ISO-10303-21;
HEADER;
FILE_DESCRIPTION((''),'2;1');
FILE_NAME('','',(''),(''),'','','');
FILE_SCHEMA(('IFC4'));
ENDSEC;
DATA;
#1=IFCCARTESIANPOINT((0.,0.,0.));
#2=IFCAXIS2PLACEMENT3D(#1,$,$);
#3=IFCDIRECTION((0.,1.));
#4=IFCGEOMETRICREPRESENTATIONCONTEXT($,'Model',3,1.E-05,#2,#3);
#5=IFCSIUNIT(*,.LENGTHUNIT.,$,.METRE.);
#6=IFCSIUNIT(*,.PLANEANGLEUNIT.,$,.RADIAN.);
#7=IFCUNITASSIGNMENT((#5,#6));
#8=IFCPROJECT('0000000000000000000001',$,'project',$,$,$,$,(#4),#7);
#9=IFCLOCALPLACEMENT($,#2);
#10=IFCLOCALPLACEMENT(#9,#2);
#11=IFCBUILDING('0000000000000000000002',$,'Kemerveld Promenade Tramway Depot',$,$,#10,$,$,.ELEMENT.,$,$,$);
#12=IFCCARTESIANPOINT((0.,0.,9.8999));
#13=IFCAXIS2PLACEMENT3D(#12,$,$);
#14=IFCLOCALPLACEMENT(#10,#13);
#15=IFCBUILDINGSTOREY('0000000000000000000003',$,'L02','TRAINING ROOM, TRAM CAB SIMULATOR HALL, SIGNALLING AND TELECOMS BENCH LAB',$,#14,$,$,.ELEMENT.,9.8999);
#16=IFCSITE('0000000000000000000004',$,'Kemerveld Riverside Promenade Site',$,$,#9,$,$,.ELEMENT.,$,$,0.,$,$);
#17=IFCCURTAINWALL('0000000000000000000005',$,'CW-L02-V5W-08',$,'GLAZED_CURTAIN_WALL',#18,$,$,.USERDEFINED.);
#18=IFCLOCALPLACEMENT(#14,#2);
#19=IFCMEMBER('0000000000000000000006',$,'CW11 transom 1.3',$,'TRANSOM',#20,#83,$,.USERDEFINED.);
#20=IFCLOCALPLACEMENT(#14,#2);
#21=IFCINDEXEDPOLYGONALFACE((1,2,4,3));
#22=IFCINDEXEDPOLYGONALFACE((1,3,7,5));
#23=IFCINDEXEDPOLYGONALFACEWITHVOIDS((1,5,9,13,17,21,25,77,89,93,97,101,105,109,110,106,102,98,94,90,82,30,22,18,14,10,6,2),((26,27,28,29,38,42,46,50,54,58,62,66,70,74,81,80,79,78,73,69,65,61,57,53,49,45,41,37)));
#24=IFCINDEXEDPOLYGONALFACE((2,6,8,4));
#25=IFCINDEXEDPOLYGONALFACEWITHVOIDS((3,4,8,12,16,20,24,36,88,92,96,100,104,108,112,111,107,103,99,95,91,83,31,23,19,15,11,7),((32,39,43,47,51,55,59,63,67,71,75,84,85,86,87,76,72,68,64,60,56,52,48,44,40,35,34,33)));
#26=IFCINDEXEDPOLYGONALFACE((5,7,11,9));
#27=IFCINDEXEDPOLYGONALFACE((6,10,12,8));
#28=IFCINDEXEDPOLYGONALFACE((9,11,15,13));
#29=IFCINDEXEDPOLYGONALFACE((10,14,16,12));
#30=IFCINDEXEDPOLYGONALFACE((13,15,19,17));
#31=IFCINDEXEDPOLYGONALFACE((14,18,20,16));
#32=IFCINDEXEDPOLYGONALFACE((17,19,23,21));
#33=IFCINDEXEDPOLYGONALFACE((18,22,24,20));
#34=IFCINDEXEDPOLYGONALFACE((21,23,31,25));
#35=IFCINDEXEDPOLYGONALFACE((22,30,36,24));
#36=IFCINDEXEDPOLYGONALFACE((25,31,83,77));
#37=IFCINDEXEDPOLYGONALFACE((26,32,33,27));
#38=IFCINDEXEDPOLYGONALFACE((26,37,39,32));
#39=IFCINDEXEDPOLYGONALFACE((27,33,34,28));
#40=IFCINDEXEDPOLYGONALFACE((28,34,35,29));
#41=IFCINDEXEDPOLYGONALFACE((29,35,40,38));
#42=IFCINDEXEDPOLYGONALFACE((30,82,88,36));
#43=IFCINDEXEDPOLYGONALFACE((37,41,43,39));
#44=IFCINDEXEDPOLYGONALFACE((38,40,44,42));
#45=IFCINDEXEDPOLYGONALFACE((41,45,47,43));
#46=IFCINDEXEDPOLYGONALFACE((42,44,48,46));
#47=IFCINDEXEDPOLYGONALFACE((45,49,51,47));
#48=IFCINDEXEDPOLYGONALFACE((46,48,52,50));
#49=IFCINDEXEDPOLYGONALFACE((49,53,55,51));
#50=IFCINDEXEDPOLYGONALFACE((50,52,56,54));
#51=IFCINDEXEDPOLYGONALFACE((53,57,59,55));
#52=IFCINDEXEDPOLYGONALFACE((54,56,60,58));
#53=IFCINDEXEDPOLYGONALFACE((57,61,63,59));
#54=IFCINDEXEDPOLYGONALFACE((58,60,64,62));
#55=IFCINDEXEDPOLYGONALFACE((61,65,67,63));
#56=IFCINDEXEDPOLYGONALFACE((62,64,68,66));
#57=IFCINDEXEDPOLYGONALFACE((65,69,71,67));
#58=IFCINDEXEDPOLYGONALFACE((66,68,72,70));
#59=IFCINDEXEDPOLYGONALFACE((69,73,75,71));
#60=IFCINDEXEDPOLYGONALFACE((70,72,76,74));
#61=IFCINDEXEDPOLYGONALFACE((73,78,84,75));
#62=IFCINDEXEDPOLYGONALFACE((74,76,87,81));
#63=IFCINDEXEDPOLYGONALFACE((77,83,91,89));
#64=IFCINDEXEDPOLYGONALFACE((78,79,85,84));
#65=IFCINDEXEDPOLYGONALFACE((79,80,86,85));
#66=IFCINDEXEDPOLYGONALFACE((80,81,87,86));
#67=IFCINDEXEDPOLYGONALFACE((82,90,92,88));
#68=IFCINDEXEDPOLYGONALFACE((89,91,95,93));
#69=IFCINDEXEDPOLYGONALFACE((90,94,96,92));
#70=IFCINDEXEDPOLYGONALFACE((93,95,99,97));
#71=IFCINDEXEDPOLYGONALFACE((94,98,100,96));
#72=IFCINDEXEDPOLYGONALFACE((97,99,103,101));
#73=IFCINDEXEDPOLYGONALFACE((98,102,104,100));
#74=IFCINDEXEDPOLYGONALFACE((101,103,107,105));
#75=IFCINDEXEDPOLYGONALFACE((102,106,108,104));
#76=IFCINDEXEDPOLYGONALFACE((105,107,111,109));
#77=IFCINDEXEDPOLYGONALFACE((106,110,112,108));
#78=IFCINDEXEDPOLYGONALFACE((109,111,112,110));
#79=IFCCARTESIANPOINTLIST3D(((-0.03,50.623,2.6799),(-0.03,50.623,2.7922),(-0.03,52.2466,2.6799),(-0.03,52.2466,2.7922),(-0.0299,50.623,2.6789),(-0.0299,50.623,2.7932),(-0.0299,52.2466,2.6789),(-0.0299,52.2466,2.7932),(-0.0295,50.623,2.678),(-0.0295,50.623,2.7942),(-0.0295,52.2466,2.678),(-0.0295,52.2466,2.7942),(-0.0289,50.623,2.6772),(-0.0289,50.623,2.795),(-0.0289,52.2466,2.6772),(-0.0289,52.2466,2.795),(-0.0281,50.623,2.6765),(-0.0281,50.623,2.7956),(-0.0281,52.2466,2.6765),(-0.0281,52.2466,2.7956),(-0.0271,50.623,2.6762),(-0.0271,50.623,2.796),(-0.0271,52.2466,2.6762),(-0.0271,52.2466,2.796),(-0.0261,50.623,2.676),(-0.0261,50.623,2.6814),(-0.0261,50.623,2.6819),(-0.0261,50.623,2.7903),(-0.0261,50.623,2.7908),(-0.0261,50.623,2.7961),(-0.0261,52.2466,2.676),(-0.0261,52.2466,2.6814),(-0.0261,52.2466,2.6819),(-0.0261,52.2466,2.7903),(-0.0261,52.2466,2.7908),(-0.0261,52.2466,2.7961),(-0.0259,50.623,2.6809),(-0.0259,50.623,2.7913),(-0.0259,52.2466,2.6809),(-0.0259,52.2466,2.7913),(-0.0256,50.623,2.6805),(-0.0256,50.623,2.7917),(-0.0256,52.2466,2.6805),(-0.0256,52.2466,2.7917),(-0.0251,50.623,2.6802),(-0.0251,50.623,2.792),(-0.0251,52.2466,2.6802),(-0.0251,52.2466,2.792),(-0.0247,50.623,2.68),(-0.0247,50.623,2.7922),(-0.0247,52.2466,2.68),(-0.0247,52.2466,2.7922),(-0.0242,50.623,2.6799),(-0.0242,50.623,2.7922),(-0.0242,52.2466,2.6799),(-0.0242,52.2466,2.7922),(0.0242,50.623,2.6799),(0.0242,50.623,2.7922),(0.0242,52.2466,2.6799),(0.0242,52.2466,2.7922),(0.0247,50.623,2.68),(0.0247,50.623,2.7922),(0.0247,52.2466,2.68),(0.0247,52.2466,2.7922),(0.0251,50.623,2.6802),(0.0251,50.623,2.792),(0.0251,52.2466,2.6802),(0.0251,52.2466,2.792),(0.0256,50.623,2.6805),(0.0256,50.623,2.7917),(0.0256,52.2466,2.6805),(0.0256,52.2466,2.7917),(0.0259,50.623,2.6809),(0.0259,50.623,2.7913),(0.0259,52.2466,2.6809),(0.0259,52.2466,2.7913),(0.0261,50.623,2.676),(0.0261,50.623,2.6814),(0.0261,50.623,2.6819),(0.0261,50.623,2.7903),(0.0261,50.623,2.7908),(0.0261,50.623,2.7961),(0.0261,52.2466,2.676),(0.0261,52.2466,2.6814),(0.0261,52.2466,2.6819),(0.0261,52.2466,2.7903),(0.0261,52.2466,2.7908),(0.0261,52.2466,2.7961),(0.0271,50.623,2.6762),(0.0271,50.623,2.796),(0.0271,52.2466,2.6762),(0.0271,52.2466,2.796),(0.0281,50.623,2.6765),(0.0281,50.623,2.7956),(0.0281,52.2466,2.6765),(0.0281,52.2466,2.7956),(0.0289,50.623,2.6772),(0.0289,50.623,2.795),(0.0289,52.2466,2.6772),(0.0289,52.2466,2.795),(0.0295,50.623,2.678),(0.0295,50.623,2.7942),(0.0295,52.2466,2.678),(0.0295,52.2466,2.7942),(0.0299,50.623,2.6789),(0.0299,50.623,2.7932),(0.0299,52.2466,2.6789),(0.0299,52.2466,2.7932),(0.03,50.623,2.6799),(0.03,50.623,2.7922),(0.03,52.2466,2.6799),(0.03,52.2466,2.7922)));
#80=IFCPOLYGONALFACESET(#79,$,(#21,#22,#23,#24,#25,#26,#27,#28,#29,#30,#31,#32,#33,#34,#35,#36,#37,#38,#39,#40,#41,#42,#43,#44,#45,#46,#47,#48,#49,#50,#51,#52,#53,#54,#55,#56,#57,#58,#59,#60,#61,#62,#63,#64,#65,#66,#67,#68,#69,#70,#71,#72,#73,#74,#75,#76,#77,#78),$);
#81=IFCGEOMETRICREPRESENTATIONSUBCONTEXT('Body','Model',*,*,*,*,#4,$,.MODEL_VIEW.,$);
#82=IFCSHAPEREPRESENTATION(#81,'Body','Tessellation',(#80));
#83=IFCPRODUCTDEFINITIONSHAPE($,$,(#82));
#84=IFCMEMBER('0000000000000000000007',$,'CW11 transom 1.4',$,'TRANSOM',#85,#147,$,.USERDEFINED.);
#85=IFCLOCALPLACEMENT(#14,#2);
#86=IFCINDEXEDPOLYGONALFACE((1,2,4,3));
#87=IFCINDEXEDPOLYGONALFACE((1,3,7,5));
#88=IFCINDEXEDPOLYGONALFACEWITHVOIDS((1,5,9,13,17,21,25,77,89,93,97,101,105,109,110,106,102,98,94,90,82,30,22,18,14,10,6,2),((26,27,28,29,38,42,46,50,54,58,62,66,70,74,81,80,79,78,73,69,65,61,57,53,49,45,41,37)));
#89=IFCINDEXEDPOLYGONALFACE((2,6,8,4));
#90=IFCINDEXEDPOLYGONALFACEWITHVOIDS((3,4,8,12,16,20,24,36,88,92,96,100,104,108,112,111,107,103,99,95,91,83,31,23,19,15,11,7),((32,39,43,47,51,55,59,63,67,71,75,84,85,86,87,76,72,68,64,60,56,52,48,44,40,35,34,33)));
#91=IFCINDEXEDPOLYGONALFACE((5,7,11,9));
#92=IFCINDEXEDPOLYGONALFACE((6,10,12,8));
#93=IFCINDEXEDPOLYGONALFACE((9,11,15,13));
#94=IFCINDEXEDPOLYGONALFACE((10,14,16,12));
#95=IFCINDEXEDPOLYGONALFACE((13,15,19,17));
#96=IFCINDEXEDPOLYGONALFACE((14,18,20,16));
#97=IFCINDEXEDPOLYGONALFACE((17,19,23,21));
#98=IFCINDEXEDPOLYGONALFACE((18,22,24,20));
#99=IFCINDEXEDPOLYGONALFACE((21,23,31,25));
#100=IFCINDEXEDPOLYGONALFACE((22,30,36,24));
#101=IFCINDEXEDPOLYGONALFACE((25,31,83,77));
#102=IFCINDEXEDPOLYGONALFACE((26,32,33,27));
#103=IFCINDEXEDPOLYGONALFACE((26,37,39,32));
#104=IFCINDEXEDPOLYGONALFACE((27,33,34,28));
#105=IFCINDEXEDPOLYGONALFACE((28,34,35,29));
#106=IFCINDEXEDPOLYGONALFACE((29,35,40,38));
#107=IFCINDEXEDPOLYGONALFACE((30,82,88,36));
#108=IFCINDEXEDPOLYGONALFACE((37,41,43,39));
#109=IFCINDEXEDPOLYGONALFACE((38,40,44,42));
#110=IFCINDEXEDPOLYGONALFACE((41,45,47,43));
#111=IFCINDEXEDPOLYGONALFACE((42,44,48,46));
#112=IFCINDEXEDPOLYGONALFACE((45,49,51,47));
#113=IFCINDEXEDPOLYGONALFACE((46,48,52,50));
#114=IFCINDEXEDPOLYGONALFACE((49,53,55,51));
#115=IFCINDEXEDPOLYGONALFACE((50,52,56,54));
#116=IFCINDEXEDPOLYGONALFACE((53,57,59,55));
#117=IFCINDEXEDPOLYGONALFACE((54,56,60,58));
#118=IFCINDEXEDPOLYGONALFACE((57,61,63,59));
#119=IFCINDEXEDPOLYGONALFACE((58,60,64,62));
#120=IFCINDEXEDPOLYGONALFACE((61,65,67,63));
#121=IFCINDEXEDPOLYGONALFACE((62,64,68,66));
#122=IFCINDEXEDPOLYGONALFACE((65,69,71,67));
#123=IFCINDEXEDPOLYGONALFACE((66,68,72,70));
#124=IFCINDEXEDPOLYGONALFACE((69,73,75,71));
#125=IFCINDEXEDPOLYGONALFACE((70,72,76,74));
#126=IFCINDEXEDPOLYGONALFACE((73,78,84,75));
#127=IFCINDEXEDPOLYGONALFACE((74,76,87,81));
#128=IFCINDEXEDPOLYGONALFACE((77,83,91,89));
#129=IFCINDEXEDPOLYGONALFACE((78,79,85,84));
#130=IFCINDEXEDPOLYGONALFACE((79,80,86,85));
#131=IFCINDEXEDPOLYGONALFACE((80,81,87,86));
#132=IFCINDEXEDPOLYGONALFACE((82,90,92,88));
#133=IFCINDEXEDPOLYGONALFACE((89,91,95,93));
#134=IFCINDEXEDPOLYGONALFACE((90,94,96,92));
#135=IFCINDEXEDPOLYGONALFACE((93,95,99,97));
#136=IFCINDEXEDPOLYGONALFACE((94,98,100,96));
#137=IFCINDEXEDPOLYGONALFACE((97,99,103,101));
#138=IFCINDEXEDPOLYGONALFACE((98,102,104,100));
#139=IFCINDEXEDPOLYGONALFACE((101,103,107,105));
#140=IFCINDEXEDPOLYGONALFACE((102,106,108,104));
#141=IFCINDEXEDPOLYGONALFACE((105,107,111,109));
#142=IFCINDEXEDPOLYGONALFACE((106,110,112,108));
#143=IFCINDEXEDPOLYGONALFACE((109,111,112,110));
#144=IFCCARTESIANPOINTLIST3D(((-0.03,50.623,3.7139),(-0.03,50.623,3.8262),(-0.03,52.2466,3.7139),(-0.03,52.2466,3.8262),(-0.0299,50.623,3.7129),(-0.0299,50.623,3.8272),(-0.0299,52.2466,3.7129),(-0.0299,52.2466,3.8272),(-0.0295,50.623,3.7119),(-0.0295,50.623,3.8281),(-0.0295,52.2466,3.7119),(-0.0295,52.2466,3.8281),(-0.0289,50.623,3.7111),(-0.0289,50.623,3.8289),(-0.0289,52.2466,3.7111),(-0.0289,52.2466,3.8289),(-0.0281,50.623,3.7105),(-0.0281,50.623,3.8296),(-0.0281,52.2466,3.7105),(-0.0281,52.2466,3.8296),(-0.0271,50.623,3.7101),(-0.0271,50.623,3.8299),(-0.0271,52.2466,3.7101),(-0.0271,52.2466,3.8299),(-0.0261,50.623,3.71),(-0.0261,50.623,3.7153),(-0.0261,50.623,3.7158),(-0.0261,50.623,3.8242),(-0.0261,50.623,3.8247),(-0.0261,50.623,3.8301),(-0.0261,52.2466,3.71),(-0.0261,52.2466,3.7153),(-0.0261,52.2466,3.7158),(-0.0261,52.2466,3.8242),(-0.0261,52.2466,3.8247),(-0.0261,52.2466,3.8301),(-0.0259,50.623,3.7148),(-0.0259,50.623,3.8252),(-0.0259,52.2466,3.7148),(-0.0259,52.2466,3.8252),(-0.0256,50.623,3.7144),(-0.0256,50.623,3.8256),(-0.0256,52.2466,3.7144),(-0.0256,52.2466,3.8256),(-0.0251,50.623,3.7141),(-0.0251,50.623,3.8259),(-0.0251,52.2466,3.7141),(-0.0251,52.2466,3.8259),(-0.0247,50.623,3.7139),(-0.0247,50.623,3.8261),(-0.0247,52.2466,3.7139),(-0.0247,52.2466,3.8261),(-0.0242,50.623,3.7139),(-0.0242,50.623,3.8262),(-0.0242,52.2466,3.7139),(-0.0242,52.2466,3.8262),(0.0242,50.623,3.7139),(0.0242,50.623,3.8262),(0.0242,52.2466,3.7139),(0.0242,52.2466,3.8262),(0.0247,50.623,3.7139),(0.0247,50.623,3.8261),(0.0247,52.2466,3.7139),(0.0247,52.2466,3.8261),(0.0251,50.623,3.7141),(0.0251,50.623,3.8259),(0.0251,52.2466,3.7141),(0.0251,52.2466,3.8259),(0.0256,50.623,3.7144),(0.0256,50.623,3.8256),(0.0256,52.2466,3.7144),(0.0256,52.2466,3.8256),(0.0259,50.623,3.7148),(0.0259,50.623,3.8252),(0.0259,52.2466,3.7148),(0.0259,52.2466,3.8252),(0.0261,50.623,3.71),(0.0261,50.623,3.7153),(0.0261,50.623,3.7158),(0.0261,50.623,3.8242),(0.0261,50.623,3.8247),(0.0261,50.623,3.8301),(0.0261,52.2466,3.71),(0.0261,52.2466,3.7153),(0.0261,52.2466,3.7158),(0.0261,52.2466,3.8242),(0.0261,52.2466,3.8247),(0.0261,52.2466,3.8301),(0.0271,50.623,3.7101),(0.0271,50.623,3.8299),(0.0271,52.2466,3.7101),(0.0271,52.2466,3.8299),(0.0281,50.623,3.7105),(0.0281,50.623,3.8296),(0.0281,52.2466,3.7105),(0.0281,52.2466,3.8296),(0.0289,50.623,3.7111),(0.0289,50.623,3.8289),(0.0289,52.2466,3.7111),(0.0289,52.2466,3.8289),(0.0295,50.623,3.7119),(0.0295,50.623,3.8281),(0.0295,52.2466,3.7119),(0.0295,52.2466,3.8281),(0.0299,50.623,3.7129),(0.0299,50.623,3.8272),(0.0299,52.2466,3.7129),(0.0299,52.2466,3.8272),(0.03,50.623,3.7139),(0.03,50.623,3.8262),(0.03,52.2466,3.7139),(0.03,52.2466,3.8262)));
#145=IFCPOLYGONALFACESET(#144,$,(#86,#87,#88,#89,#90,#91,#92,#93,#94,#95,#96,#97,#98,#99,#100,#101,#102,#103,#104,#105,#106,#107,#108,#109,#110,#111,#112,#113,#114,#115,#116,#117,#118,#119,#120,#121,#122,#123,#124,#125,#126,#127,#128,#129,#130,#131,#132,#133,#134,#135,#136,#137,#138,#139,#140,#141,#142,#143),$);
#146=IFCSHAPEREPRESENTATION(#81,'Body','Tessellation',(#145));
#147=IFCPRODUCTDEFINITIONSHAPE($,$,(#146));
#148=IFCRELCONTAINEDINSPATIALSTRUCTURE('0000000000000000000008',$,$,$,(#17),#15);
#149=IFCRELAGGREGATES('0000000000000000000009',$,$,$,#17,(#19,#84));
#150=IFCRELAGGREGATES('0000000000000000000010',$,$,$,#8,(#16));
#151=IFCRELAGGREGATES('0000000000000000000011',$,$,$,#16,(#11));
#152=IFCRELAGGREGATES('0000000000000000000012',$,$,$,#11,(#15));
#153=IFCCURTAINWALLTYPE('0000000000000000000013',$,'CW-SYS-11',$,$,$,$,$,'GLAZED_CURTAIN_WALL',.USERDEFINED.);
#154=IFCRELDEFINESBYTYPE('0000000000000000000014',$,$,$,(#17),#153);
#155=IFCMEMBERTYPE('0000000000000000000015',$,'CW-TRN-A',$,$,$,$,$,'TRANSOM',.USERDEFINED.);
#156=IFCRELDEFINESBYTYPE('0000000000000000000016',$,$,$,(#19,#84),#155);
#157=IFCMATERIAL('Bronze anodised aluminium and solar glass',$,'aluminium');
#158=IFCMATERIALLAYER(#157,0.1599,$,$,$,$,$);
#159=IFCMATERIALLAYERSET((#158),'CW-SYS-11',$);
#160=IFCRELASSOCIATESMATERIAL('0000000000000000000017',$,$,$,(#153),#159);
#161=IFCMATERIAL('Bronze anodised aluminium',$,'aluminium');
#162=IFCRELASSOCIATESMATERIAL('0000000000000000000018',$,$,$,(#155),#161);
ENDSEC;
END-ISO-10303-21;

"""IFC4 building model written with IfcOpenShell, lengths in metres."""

from ifc_helpers import new_model, si_unit, direction, frame, origin, origin_2d, place, context, subcontext, project, spatial, hollow_rectangle, extrude, material, layer, layer_set, material_profile, profile_set, type_object, element, aggregate, save


model = new_model("IFC4")

# Units and contexts
model_context = context("Model", 3, precision=1e-05, world=origin(), true_north=direction((0.0, 1.0)))
body_context = subcontext(model_context, "Body", "Model", "MODEL_VIEW")
ifc_project = project(units=[si_unit("LENGTHUNIT", "METRE"), si_unit("PLANEANGLEUNIT", "RADIAN")], contexts=[model_context])

# Site, building, storey
site_placement = place(None, origin())
site = spatial("IfcSite", under=ifc_project, at=site_placement, Name="Kemerveld Riverside Promenade Site", CompositionType="ELEMENT", RefElevation=0.0)
building_placement = place(site_placement, origin())
building = spatial("IfcBuilding", under=site, at=building_placement, Name="Kemerveld Promenade Tramway Depot", CompositionType="ELEMENT")
storey_placement = place(building_placement, frame((0.0, 0.0, 9.8999)))
storey = spatial("IfcBuildingStorey", under=building, at=storey_placement, Name="L02", Description="TRAINING ROOM, TRAM CAB SIMULATOR HALL, SIGNALLING AND TELECOMS BENCH LAB", CompositionType="ELEMENT", Elevation=9.8999)

# Curtain wall, members
ifc_material_1 = material(Name="Bronze anodised aluminium and solar glass", Category="aluminium")
ifc_layer_1 = layer(ifc_material_1, 0.1599)
ifc_layer_set_1 = layer_set([ifc_layer_1], Name="CW-SYS-11")
curtain_wall_type = type_object("IfcCurtainWallType", Name="CW-SYS-11", ElementType="GLAZED_CURTAIN_WALL", PredefinedType="USERDEFINED", material=ifc_layer_set_1)
curtain_wall_placement = place(storey_placement, origin())
curtain_wall = element("IfcCurtainWall", 1, at=curtain_wall_placement, inside=storey, type_object=curtain_wall_type, Name="CW-L02-V5W-08", ObjectType="GLAZED_CURTAIN_WALL", PredefinedType="USERDEFINED")
ifc_material_2 = material(Name="Bronze anodised aluminium", Category="aluminium")
ifc_material_profile_1 = material_profile(ifc_material_2, hollow_rectangle(XDim=0.0601, YDim=0.1201, WallThickness=0.0039, InnerFilletRadius=0.002, OuterFilletRadius=0.0039, at=origin_2d()), Name="CW-TRN-120x60")
ifc_profile_set_1 = profile_set([ifc_material_profile_1], Name="Bronze anodised aluminium")
member_type_1 = type_object("IfcMemberType", Name="CW-TRN-A", ElementType="TRANSOM", PredefinedType="USERDEFINED", material=ifc_profile_set_1)
member_1_placement = place(storey_placement, frame((0.0, 50.623, 2.7361), z_axis=(0.0, 1.0, 0.0), x_axis=(-1.0, 0.0, 0.0)))
member_1 = element("IfcMember", 2, at=member_1_placement, type_object=member_type_1, Name="CW11 transom 1.3", ObjectType="TRANSOM", PredefinedType="USERDEFINED", context=body_context, shape_type="SweptSolid", body=[
    extrude(hollow_rectangle(XDim=0.0601, YDim=0.1201, WallThickness=0.0039, InnerFilletRadius=0.002, OuterFilletRadius=0.0039, at=origin_2d()), origin(), (0.0, 0.0, 1.0), 1.6235),
])
member_2_placement = place(storey_placement, frame((0.0, 50.623, 3.77), z_axis=(0.0, 1.0, 0.0), x_axis=(-1.0, 0.0, 0.0)))
member_2 = element("IfcMember", 3, at=member_2_placement, type_object=member_type_1, Name="CW11 transom 1.4", ObjectType="TRANSOM", PredefinedType="USERDEFINED", context=body_context, shape_type="SweptSolid", body=[
    extrude(hollow_rectangle(XDim=0.0601, YDim=0.1201, WallThickness=0.0039, InnerFilletRadius=0.002, OuterFilletRadius=0.0039, at=origin_2d()), origin(), (0.0, 0.0, 1.0), 1.6235),
])
aggregate(curtain_wall, [member_1, member_2])

save(model, "model.ifc")
